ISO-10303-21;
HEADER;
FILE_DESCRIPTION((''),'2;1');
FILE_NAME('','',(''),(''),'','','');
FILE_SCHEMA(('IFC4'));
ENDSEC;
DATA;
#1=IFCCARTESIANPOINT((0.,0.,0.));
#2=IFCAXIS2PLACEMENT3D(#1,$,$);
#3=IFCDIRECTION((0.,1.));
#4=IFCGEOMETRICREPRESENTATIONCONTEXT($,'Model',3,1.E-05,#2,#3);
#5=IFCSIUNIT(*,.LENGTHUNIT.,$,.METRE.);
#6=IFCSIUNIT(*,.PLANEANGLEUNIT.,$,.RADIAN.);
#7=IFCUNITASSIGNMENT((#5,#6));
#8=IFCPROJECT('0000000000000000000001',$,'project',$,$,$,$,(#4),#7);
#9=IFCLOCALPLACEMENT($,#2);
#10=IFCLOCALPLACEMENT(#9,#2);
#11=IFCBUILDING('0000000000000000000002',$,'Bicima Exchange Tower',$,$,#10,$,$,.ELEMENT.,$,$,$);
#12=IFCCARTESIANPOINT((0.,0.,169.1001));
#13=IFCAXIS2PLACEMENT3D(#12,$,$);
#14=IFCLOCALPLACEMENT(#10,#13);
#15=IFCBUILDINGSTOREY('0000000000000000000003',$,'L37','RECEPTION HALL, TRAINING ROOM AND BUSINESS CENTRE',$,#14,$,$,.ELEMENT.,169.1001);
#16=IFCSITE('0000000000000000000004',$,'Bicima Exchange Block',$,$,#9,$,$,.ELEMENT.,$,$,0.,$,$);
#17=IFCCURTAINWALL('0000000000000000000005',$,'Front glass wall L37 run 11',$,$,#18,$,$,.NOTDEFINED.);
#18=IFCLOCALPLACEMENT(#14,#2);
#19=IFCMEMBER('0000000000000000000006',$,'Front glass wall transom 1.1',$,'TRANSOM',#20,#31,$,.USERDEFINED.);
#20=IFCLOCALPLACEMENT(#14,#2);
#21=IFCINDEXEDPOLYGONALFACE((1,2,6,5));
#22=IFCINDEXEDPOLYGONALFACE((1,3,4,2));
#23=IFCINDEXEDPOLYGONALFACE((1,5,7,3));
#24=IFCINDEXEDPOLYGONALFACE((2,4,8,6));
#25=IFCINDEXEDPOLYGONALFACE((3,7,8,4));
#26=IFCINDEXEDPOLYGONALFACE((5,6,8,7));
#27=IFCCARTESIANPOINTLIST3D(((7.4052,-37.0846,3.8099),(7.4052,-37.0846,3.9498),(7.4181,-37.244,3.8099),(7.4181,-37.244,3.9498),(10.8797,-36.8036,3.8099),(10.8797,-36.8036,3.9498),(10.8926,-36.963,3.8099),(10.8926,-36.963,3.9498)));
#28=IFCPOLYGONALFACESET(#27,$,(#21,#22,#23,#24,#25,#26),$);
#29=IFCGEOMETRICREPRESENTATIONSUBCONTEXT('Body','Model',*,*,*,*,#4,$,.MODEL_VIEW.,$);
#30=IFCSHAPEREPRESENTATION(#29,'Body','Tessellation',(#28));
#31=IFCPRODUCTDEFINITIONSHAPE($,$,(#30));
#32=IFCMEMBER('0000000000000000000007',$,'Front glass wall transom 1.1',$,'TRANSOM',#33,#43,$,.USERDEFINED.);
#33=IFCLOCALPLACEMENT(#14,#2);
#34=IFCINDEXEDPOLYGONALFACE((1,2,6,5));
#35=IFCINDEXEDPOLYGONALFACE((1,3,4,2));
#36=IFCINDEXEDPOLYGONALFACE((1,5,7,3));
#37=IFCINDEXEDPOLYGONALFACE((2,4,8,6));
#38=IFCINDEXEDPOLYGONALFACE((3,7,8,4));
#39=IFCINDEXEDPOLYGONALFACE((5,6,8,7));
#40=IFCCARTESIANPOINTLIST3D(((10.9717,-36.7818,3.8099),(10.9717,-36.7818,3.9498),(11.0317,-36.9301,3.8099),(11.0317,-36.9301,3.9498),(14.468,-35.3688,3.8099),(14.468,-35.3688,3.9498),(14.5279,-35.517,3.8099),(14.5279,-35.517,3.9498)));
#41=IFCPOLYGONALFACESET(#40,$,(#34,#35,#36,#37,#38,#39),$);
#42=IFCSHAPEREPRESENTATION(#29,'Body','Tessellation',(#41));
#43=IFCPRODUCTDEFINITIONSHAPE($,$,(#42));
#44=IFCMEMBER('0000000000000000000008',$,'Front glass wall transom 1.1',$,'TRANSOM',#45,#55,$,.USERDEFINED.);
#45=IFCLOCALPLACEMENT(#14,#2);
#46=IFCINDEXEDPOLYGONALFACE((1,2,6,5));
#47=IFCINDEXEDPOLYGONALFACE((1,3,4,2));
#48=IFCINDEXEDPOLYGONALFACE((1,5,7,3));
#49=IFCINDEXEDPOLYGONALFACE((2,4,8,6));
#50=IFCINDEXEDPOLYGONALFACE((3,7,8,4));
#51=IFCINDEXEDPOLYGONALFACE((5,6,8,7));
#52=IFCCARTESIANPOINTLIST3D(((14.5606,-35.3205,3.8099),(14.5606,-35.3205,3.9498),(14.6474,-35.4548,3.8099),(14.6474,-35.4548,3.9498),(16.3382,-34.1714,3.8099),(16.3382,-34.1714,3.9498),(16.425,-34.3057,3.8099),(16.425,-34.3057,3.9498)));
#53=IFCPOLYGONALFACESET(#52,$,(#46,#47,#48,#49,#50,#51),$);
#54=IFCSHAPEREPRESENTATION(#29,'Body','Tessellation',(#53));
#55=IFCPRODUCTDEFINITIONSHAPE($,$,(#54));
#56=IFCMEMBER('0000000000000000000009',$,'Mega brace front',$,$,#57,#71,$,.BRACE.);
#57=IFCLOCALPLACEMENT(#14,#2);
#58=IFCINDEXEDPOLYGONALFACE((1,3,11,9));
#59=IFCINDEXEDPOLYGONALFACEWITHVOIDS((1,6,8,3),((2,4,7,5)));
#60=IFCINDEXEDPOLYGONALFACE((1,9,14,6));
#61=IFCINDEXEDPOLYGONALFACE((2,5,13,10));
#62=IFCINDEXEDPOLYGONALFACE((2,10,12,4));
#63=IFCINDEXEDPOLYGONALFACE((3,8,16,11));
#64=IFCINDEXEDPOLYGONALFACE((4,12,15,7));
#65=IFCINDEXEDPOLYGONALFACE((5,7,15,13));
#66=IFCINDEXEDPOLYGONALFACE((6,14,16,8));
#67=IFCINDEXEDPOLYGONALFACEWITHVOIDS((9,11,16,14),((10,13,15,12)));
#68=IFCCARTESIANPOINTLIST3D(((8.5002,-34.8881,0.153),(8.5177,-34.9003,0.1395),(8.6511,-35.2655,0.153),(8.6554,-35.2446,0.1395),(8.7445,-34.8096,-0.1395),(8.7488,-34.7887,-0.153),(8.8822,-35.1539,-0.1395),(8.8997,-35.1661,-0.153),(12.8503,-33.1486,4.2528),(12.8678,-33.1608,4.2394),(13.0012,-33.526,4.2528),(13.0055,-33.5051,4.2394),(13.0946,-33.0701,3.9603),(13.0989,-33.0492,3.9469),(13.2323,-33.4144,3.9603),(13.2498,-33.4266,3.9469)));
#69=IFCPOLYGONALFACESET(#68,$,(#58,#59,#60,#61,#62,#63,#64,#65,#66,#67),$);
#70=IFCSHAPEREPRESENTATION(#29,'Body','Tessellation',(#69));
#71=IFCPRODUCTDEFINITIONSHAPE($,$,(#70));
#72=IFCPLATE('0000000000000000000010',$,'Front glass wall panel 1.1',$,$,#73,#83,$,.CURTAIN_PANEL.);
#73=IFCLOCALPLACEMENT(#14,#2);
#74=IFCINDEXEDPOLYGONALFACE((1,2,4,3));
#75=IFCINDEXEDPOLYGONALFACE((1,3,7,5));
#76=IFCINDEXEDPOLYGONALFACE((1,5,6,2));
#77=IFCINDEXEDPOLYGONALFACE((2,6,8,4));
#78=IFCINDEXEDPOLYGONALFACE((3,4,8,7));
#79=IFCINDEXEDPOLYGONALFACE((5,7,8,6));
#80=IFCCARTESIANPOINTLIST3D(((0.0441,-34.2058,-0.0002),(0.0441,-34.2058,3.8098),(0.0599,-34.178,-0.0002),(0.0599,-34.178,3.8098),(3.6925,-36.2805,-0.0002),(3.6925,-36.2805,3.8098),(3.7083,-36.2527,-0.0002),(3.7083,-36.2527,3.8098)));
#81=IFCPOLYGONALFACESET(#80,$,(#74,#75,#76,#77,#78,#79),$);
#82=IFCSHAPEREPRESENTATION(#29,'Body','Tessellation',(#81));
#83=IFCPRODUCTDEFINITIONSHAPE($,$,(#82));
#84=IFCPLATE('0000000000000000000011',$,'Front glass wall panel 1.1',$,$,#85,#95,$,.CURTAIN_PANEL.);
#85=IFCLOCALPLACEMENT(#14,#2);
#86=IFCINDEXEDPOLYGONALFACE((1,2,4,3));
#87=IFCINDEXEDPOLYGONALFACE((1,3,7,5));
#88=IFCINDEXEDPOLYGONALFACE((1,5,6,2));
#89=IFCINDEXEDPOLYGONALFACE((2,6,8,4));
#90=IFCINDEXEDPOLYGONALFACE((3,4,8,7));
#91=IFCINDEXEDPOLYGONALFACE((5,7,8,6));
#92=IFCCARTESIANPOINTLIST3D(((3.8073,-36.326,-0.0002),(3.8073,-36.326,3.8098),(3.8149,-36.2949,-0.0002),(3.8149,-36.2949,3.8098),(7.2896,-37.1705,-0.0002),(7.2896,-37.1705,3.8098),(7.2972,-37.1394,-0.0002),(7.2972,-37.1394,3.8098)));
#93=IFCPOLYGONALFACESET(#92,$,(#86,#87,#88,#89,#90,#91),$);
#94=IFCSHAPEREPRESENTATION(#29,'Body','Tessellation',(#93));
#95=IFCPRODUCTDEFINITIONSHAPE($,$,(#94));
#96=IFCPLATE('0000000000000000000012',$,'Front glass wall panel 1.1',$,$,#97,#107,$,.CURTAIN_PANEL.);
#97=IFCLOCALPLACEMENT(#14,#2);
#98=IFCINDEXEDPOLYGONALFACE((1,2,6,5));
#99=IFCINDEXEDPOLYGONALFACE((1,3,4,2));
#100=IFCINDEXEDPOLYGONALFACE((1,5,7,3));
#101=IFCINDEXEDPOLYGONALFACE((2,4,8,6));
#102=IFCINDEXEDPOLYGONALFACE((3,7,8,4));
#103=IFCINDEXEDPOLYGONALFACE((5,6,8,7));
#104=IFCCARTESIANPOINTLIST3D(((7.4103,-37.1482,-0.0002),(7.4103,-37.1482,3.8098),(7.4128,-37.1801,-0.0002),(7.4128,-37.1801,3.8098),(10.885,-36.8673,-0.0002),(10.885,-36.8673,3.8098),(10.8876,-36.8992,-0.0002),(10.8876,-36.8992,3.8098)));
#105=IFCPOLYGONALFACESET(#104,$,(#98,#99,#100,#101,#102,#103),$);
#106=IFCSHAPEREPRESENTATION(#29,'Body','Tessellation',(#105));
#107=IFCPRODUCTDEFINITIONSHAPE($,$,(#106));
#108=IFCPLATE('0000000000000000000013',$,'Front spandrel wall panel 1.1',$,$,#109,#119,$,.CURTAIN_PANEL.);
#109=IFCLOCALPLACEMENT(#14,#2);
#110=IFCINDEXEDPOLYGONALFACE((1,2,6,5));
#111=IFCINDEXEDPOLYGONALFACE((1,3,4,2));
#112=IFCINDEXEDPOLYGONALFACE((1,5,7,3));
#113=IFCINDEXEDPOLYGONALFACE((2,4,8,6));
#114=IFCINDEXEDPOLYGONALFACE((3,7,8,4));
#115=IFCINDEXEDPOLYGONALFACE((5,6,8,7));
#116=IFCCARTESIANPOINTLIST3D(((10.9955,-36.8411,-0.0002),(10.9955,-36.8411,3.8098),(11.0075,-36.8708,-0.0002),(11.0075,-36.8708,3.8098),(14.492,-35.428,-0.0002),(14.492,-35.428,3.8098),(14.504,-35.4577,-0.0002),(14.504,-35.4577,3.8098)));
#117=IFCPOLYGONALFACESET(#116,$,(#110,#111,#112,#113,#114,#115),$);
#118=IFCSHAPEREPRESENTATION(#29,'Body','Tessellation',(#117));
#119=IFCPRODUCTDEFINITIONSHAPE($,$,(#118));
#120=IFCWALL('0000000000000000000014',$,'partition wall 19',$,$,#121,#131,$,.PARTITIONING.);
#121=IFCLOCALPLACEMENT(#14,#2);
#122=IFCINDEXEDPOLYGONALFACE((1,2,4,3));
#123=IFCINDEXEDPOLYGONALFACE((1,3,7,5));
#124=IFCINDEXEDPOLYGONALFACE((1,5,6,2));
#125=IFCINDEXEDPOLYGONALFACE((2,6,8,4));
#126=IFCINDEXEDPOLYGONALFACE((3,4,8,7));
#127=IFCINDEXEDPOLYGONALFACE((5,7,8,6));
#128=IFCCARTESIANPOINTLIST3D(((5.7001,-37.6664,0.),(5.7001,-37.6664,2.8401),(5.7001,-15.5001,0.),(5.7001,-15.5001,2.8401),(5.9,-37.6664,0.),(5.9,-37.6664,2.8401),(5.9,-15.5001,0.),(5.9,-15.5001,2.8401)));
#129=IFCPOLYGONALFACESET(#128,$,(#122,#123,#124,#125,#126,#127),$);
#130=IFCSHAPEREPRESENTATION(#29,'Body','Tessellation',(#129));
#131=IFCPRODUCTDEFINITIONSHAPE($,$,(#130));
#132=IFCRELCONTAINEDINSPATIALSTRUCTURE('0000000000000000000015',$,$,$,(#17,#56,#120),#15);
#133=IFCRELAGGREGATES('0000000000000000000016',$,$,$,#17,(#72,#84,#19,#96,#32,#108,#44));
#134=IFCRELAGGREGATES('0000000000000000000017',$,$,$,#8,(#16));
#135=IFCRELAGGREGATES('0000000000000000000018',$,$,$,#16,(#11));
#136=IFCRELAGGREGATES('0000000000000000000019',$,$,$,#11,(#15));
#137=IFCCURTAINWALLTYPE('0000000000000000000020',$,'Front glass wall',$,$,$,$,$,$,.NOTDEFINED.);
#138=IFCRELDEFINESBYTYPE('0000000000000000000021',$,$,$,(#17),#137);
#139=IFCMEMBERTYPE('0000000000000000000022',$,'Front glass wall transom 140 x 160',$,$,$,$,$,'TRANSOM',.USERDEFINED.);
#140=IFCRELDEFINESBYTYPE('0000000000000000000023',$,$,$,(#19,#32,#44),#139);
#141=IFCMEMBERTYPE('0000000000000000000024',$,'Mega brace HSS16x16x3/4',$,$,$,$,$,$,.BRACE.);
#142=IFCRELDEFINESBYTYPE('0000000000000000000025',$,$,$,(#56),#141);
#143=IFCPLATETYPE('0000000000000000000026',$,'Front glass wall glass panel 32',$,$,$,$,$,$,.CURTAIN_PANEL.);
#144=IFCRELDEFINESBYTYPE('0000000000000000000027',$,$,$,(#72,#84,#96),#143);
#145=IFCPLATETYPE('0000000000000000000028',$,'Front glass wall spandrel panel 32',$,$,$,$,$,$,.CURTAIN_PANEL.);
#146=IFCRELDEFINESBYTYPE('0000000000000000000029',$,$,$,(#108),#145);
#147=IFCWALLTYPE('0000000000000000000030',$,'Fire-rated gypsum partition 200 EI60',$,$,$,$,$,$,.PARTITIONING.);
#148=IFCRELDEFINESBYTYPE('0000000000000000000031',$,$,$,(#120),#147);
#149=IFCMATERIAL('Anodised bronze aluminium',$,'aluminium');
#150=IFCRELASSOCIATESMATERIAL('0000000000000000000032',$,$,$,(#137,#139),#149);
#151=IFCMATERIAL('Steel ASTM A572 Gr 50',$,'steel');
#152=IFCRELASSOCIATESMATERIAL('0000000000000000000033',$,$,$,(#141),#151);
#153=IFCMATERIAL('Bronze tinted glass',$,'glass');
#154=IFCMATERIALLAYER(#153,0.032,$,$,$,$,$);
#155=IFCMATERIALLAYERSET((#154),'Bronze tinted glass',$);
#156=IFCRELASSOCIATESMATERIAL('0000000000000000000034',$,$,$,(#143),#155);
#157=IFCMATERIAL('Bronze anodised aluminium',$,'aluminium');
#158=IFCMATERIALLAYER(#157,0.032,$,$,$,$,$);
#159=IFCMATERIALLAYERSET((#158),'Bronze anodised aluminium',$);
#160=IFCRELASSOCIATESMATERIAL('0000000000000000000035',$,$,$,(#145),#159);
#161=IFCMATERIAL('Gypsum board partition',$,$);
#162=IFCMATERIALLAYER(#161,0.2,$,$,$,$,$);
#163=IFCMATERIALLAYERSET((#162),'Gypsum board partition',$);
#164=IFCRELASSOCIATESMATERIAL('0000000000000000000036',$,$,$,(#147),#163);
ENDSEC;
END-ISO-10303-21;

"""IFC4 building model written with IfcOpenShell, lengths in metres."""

from ifc_helpers import new_model, si_unit, direction, frame, frame_2d, origin, origin_2d, place, context, subcontext, project, spatial, rectangle, hollow_rectangle, extrude, material, layer, layer_set, material_profile, profile_set, type_object, element, aggregate, save


model = new_model("IFC4")

# Units and contexts
model_context = context("Model", 3, precision=1e-05, world=origin(), true_north=direction((0.0, 1.0)))
body_context = subcontext(model_context, "Body", "Model", "MODEL_VIEW")
ifc_project = project(units=[si_unit("LENGTHUNIT", "METRE"), si_unit("PLANEANGLEUNIT", "RADIAN")], contexts=[model_context])

# Site, building, storey
site_placement = place(None, origin())
site = spatial("IfcSite", under=ifc_project, at=site_placement, Name="Bicima Exchange Block", CompositionType="ELEMENT", RefElevation=0.0)
building_placement = place(site_placement, origin())
building = spatial("IfcBuilding", under=site, at=building_placement, Name="Bicima Exchange Tower", CompositionType="ELEMENT")
storey_placement = place(building_placement, frame((0.0, 0.0, 169.1001)))
storey = spatial("IfcBuildingStorey", under=building, at=storey_placement, Name="L37", Description="RECEPTION HALL, TRAINING ROOM AND BUSINESS CENTRE", CompositionType="ELEMENT", Elevation=169.1001)

# Shared definitions
ifc_material_1 = material(Name="Steel ASTM A572 Gr 50", Category="steel")

# Curtain wall, members
ifc_material_2 = material(Name="Anodised bronze aluminium", Category="aluminium")
curtain_wall_type = type_object("IfcCurtainWallType", Name="Front glass wall", PredefinedType="NOTDEFINED", material=ifc_material_2)
curtain_wall_placement = place(storey_placement, origin())
curtain_wall = element("IfcCurtainWall", 1, at=curtain_wall_placement, inside=storey, type_object=curtain_wall_type, Name="Front glass wall L37 run 11", PredefinedType="NOTDEFINED")
ifc_material_profile_1 = material_profile(ifc_material_2, rectangle(XDim=0.1599, YDim=0.1399, at=origin_2d()))
ifc_profile_set_1 = profile_set([ifc_material_profile_1], Name="Anodised bronze aluminium")
member_type_1 = type_object("IfcMemberType", Name="Front glass wall transom 140 x 160", ElementType="TRANSOM", PredefinedType="USERDEFINED", material=ifc_profile_set_1)
member_1_placement = place(storey_placement, frame((7.4116, -37.1643, 3.8799), z_axis=(0.996746, 0.080611, 0.0), x_axis=(-0.080611, 0.996746, 0.0)))
member_1 = element("IfcMember", 2, at=member_1_placement, type_object=member_type_1, Name="Front glass wall transom 1.1", ObjectType="TRANSOM", PredefinedType="USERDEFINED", context=body_context, shape_type="SweptSolid", body=[
    extrude(rectangle(XDim=0.1599, YDim=0.1399, at=origin_2d()), origin(), (0.0, 0.0, 1.0), 3.4858),
])
member_2_placement = place(storey_placement, frame((11.0017, -36.856, 3.8799), z_axis=(0.92714, 0.374715, 0.0), x_axis=(-0.374715, 0.92714, 0.0)))
member_2 = element("IfcMember", 3, at=member_2_placement, type_object=member_type_1, Name="Front glass wall transom 1.1", ObjectType="TRANSOM", PredefinedType="USERDEFINED", context=body_context, shape_type="SweptSolid", body=[
    extrude(rectangle(XDim=0.1599, YDim=0.1399, at=origin_2d()), origin(), (0.0, 0.0, 1.0), 3.771),
])
member_3_placement = place(storey_placement, frame((14.604, -35.3877, 3.8799), z_axis=(0.839793, 0.542907, 0.0), x_axis=(-0.542907, 0.839793, 0.0)))
member_3 = element("IfcMember", 4, at=member_3_placement, type_object=member_type_1, Name="Front glass wall transom 1.1", ObjectType="TRANSOM", PredefinedType="USERDEFINED", context=body_context, shape_type="SweptSolid", body=[
    extrude(rectangle(XDim=0.1599, YDim=0.1399, at=origin_2d()), origin(), (0.0, 0.0, 1.0), 2.1167),
])

# Member
ifc_material_profile_2 = material_profile(ifc_material_1, hollow_rectangle(XDim=0.4065, YDim=0.4065, WallThickness=0.0178, at=origin_2d()))
ifc_profile_set_2 = profile_set([ifc_material_profile_2], Name="Steel ASTM A572 Gr 50")
member_type_2 = type_object("IfcMemberType", Name="Mega brace HSS16x16x3/4", PredefinedType="BRACE", material=ifc_profile_set_2)
member_4_placement = place(storey_placement, frame((8.7, -35.0271, 0.0), z_axis=(0.698744, 0.279411, 0.658548), x_axis=(-0.371292, 0.928516, 0.0)))
element("IfcMember", 5, at=member_4_placement, inside=storey, type_object=member_type_2, Name="Mega brace front", PredefinedType="BRACE", context=body_context, shape_type="SweptSolid", body=[
    extrude(hollow_rectangle(XDim=0.4065, YDim=0.4065, WallThickness=0.0178, at=origin_2d()), origin(), (0.0, 0.0, 1.0), 6.2256),
])

# Plates
ifc_material_3 = material(Name="Bronze tinted glass", Category="glass")
ifc_layer_1 = layer(ifc_material_3, 0.032)
ifc_layer_set_1 = layer_set([ifc_layer_1], Name="Bronze tinted glass")
plate_type_1 = type_object("IfcPlateType", Name="Front glass wall glass panel 32", PredefinedType="CURTAIN_PANEL", material=ifc_layer_set_1)
plate_1_placement = place(storey_placement, frame((1.8762, -35.2292, -0.0002), z_axis=(0.0, 0.0, 1.0), x_axis=(0.869274, -0.49433, 0.0)))
plate_1 = element("IfcPlate", 6, at=plate_1_placement, type_object=plate_type_1, Name="Front glass wall panel 1.1", PredefinedType="CURTAIN_PANEL", context=body_context, shape_type="SweptSolid", body=[
    extrude(rectangle(XDim=4.197, YDim=0.032, at=origin_2d()), origin(), (0.0, 0.0, 1.0), 3.8101),
])
plate_2_placement = place(storey_placement, frame((5.5522, -36.7327, -0.0002), z_axis=(0.0, 0.0, 1.0), x_axis=(0.97183, -0.235682, 0.0)))
plate_2 = element("IfcPlate", 7, at=plate_2_placement, type_object=plate_type_1, Name="Front glass wall panel 1.1", PredefinedType="CURTAIN_PANEL", context=body_context, shape_type="SweptSolid", body=[
    extrude(rectangle(XDim=3.5833, YDim=0.032, at=origin_2d()), origin(), (0.0, 0.0, 1.0), 3.8101),
])
plate_3_placement = place(storey_placement, frame((9.1489, -37.0237, -0.0002), z_axis=(0.0, 0.0, 1.0), x_axis=(0.996747, 0.080589, 0.0)))
plate_3 = element("IfcPlate", 8, at=plate_3_placement, type_object=plate_type_1, Name="Front glass wall panel 1.1", PredefinedType="CURTAIN_PANEL", context=body_context, shape_type="SweptSolid", body=[
    extrude(rectangle(XDim=3.4861, YDim=0.032, at=origin_2d()), origin(), (0.0, 0.0, 1.0), 3.8101),
])
ifc_material_4 = material(Name="Bronze anodised aluminium", Category="aluminium")
ifc_layer_2 = layer(ifc_material_4, 0.032)
ifc_layer_set_2 = layer_set([ifc_layer_2], Name="Bronze anodised aluminium")
plate_type_2 = type_object("IfcPlateType", Name="Front glass wall spandrel panel 32", PredefinedType="CURTAIN_PANEL", material=ifc_layer_set_2)
plate_4_placement = place(storey_placement, frame((12.7498, -36.1494, -0.0002), z_axis=(0.0, 0.0, 1.0), x_axis=(0.927144, 0.374705, 0.0)))
plate_4 = element("IfcPlate", 9, at=plate_4_placement, type_object=plate_type_2, Name="Front spandrel wall panel 1.1", PredefinedType="CURTAIN_PANEL", context=body_context, shape_type="SweptSolid", body=[
    extrude(rectangle(XDim=3.7712, YDim=0.032, at=origin_2d()), origin(), (0.0, 0.0, 1.0), 3.8101),
])
aggregate(curtain_wall, [plate_1, plate_2, member_1, plate_3, member_2, plate_4, member_3])

# Wall
ifc_material_5 = material(Name="Gypsum board partition")
ifc_layer_3 = layer(ifc_material_5, 0.2)
ifc_layer_set_3 = layer_set([ifc_layer_3], Name="Gypsum board partition")
wall_type = type_object("IfcWallType", Name="Fire-rated gypsum partition 200 EI60", PredefinedType="PARTITIONING", material=ifc_layer_set_3)
wall_placement = place(storey_placement, frame((5.8, -37.6663, 0.0), z_axis=(0.0, 0.0, 1.0), x_axis=(0.0, 1.0, 0.0)))
element("IfcWall", 10, at=wall_placement, inside=storey, type_object=wall_type, Name="partition wall 19", PredefinedType="PARTITIONING", context=body_context, shape_type="SweptSolid", body=[
    extrude(rectangle(XDim=22.1663, YDim=0.2, at=frame_2d((11.083, 0.0))), origin(), (0.0, 0.0, 1.0), 2.8401),
])

save(model, "model.ifc")
